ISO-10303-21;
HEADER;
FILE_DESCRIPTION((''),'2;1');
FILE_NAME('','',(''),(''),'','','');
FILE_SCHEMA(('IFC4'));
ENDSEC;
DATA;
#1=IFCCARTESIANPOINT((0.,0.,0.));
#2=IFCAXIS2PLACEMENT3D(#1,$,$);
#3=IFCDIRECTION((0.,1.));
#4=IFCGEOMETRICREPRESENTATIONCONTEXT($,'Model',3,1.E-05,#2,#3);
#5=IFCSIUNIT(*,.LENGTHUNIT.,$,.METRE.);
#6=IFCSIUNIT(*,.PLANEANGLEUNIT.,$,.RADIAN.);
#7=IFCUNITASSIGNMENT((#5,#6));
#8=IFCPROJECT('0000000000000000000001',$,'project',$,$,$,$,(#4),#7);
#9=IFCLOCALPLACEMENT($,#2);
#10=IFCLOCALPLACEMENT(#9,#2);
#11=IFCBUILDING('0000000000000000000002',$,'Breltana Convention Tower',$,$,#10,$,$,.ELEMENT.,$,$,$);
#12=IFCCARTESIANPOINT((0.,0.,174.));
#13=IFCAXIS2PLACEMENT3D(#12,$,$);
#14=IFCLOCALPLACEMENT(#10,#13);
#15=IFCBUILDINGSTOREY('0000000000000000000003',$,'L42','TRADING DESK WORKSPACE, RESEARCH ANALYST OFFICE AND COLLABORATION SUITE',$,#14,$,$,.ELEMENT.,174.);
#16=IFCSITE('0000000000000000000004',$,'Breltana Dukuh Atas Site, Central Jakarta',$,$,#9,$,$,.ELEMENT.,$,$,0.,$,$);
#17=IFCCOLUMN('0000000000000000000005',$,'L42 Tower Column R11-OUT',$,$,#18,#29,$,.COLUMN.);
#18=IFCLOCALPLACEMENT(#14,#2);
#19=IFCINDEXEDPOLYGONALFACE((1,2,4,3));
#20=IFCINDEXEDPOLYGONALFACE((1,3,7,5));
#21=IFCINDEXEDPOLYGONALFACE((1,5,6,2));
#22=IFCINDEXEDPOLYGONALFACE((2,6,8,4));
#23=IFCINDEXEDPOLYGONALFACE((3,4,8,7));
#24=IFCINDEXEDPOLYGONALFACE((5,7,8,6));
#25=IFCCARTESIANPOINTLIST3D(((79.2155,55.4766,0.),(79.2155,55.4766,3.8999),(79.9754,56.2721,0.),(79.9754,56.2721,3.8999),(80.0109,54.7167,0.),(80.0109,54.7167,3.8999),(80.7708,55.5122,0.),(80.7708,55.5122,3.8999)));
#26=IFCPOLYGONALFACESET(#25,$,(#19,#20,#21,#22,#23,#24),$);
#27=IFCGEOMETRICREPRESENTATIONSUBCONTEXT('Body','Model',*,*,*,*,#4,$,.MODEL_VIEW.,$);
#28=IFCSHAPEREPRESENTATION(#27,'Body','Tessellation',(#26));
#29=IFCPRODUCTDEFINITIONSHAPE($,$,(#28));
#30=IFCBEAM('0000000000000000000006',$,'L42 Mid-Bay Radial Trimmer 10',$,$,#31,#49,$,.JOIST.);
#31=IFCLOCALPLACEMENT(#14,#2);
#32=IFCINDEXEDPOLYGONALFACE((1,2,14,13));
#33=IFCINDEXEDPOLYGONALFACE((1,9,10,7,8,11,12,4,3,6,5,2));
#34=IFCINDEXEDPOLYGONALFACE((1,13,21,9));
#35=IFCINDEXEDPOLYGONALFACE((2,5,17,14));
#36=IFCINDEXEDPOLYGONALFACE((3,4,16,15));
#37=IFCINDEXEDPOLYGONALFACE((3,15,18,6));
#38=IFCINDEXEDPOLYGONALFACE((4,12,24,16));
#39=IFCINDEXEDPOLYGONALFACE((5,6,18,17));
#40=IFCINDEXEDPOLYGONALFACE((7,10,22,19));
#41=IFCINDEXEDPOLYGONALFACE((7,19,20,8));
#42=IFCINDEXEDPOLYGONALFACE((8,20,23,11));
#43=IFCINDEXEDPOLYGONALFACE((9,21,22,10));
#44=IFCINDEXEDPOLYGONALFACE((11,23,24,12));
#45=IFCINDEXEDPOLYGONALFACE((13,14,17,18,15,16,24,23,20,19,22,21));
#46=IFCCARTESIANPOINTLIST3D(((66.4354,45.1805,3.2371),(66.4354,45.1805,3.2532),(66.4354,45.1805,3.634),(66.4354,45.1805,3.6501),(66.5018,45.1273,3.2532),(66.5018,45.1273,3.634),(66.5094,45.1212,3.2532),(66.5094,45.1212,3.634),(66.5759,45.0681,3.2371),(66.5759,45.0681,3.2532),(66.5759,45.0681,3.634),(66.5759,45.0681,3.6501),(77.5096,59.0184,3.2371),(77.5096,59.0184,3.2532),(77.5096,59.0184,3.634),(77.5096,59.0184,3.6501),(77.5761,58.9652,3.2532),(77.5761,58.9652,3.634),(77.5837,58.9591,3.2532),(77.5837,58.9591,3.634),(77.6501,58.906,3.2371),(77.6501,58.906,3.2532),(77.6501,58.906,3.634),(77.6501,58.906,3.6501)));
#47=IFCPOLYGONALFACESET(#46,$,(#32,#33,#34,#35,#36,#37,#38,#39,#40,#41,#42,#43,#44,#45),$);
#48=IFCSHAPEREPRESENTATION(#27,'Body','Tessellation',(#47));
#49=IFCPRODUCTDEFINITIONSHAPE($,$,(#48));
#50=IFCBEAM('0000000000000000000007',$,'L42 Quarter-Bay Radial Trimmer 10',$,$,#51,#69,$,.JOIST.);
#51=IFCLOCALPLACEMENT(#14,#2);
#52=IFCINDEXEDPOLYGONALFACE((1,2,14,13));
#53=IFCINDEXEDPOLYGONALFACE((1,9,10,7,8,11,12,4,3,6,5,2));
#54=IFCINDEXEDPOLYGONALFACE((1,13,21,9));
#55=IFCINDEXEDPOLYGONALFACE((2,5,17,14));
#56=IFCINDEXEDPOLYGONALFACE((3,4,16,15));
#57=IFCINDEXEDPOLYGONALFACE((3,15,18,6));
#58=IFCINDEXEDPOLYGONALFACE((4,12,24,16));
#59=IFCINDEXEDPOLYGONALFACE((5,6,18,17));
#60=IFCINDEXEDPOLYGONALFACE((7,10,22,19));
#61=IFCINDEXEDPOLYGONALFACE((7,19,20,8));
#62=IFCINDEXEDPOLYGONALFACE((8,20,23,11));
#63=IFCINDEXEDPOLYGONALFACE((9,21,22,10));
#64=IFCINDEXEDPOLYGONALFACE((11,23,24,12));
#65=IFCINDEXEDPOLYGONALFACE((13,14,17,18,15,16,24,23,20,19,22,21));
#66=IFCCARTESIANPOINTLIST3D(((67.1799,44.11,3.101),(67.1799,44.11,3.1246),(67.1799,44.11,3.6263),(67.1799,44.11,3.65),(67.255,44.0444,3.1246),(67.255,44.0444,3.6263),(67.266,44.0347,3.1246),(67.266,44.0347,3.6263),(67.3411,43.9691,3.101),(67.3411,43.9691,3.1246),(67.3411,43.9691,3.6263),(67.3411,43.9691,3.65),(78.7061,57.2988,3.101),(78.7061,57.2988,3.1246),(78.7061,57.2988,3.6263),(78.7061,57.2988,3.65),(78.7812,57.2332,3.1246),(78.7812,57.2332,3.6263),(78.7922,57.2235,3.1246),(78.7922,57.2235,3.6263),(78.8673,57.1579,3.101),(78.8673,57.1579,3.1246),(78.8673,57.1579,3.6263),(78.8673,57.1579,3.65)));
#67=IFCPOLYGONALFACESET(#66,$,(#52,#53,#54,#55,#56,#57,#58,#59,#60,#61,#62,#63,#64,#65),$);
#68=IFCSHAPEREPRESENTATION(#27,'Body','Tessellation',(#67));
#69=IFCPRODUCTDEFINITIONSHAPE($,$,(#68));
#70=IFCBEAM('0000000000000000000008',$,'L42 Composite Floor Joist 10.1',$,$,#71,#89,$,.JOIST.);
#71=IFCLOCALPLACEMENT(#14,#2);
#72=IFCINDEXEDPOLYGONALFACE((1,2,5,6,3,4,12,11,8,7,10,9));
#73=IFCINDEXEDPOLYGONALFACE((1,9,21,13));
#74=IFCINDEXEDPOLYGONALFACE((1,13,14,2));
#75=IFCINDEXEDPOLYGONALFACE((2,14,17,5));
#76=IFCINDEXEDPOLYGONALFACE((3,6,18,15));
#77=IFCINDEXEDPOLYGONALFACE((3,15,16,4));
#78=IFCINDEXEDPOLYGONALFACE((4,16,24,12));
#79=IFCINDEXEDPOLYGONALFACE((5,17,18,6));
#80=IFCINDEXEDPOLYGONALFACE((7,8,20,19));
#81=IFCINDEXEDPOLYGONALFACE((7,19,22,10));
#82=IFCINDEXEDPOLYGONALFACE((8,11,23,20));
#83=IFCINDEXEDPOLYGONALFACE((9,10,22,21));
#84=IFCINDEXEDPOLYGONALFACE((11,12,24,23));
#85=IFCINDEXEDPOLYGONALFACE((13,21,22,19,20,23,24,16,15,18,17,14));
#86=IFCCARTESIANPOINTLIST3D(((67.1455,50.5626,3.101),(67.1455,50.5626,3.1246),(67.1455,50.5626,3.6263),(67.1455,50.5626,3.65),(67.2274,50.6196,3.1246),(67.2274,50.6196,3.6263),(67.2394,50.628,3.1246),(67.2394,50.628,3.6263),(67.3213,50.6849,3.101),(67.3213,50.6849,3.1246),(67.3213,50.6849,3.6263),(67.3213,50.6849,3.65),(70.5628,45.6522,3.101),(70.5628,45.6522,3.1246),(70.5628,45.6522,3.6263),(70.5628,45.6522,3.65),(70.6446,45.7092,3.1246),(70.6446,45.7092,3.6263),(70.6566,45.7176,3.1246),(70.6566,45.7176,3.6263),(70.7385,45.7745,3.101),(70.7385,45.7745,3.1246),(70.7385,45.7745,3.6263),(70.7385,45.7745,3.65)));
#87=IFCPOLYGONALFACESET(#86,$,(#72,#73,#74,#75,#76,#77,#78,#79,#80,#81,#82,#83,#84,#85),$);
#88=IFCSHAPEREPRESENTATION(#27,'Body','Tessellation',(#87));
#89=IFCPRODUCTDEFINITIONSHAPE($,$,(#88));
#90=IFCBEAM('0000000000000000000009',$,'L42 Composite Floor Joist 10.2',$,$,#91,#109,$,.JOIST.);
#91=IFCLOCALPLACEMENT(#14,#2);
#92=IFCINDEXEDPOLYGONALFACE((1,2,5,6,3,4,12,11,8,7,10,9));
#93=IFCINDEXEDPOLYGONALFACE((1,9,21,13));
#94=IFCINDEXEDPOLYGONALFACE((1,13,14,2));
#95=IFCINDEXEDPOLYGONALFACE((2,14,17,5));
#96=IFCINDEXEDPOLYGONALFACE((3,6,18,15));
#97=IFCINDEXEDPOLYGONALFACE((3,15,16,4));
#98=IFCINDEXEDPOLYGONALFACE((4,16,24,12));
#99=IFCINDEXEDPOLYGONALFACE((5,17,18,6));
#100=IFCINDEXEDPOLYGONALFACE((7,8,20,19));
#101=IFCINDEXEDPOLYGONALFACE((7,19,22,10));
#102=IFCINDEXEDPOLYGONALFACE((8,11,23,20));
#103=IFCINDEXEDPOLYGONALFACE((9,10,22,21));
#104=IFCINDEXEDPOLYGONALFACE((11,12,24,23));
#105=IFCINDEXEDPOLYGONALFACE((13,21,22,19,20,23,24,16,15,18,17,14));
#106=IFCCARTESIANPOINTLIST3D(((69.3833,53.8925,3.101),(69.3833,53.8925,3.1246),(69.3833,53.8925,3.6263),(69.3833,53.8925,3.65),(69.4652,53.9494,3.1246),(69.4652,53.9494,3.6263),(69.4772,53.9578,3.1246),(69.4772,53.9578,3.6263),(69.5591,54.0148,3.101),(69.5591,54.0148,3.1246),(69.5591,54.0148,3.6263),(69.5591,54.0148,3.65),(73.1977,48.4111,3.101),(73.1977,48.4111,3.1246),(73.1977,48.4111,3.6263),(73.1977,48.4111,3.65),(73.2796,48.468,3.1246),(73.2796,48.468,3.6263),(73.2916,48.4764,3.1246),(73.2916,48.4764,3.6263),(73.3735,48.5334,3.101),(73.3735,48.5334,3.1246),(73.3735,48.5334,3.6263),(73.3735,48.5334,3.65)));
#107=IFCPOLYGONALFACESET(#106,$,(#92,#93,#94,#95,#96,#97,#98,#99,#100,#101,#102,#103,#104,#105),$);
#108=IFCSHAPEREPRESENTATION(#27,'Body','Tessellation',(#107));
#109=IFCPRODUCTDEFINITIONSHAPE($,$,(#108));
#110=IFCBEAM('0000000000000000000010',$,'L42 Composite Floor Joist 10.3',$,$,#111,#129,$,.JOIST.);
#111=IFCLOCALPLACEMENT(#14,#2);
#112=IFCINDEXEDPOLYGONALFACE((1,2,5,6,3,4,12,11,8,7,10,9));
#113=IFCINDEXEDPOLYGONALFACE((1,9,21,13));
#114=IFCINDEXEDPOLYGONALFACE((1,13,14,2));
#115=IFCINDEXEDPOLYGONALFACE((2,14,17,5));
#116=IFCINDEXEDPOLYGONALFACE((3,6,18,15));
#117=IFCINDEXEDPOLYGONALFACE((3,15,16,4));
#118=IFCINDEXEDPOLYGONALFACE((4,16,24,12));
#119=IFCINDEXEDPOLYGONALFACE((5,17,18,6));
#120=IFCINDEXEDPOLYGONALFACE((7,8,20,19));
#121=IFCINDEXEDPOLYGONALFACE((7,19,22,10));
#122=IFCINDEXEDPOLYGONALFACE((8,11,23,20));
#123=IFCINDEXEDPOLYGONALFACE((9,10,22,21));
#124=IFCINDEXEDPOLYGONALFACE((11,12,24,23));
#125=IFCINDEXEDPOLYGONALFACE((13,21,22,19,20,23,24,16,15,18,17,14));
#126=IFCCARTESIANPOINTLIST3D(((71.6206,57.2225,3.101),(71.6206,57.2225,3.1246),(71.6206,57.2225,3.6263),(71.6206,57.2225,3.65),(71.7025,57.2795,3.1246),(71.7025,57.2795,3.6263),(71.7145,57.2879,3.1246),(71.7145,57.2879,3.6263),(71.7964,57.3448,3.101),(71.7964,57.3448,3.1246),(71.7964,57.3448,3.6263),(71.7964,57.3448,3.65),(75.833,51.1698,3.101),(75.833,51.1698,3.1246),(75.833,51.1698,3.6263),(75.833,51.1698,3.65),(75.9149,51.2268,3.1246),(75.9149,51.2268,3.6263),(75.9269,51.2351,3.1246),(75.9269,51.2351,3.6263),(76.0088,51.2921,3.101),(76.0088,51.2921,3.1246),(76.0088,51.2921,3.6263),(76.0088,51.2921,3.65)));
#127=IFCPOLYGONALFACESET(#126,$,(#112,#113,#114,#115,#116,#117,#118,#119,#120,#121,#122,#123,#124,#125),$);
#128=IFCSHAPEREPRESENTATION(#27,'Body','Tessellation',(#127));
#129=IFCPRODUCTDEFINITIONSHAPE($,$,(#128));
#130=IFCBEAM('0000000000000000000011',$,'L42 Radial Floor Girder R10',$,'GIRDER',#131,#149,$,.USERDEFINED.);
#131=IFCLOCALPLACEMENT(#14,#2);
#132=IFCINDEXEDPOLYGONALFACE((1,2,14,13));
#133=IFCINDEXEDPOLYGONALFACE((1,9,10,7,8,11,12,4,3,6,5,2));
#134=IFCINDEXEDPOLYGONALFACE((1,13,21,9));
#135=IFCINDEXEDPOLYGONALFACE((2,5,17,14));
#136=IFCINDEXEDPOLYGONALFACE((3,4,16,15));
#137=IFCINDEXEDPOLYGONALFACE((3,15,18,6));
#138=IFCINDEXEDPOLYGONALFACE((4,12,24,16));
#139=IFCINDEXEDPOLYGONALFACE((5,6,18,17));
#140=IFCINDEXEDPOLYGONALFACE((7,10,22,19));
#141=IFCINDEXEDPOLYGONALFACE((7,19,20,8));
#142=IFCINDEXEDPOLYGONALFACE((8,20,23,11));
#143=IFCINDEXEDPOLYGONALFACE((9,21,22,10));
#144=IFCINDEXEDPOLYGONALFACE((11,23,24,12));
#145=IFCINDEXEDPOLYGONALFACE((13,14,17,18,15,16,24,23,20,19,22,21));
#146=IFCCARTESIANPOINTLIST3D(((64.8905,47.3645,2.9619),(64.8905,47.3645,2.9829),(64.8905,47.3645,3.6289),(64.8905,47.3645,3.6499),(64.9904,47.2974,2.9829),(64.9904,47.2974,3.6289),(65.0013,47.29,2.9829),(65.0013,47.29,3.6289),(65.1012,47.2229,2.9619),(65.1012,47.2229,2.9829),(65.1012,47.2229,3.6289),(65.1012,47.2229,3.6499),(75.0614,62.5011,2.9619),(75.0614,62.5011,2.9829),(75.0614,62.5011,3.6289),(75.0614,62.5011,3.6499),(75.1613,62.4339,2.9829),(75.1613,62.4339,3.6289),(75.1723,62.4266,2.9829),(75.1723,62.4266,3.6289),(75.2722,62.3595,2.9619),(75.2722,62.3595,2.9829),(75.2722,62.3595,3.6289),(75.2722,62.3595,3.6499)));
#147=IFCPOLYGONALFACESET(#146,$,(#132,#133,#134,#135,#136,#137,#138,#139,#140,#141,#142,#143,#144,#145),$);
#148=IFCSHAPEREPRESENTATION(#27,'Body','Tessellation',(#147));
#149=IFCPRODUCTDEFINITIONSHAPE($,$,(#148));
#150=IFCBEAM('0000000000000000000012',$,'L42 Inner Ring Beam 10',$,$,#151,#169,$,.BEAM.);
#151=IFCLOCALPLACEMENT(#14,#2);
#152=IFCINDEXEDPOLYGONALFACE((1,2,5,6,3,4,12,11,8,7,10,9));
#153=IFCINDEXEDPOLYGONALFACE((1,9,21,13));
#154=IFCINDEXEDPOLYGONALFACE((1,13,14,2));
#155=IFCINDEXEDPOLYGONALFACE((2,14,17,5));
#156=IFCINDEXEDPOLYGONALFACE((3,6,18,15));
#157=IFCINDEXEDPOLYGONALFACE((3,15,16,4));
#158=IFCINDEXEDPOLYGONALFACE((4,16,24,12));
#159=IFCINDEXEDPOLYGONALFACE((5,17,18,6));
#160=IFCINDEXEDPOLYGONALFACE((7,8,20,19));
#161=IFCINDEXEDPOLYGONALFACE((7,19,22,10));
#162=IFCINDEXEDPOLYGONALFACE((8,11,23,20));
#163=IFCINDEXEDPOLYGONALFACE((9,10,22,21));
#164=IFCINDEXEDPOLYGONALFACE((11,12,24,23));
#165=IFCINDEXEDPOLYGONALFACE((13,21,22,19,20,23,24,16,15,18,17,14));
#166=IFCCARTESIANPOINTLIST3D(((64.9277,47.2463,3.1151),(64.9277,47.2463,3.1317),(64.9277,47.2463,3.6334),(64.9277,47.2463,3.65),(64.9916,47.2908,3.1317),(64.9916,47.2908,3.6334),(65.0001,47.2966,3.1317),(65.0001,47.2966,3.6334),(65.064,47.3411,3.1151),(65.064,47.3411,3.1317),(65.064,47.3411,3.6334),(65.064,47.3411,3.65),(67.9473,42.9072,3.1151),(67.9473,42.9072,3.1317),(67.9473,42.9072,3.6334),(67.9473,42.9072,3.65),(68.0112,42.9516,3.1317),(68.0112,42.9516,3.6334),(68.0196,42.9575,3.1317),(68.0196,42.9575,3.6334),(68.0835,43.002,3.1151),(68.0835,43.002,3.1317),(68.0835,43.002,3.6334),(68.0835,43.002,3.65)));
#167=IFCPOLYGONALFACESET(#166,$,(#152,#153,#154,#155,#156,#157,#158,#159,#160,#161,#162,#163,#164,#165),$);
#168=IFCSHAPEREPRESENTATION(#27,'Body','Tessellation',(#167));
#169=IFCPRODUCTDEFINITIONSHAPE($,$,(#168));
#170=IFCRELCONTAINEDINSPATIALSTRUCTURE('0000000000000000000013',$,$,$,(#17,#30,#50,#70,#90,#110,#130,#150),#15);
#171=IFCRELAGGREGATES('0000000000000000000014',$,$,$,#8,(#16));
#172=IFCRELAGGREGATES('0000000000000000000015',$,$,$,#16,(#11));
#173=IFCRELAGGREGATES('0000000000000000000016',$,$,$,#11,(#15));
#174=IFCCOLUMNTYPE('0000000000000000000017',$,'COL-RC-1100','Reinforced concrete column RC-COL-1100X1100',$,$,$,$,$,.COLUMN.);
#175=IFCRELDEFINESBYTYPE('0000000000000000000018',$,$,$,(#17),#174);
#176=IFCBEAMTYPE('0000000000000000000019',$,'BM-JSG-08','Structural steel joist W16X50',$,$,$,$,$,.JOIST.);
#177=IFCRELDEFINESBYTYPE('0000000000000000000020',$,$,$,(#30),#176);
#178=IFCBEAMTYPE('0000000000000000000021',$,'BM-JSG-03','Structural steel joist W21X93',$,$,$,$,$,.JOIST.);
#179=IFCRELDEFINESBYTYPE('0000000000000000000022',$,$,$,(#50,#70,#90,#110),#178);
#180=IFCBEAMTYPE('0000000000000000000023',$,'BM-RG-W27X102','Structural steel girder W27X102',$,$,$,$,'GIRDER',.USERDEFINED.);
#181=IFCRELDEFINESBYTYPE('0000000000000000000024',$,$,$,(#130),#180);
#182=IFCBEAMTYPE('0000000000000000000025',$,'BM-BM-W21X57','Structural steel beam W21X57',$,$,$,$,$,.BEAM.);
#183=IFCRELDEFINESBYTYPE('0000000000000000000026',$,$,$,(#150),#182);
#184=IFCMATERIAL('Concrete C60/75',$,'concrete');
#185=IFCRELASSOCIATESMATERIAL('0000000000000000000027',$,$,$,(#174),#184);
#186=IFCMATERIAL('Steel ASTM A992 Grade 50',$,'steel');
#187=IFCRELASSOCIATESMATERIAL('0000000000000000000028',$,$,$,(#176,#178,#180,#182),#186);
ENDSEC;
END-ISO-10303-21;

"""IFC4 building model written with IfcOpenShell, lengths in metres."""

from ifc_helpers import new_model, si_unit, direction, frame, origin, origin_2d, place, context, subcontext, project, spatial, rectangle, i_section, extrude, source, transform, mapped, material, material_profile, profile_set, type_object, element, save


model = new_model("IFC4")

# Units and contexts
model_context = context("Model", 3, precision=1e-05, world=origin(), true_north=direction((0.0, 1.0)))
body_context = subcontext(model_context, "Body", "Model", "MODEL_VIEW")
ifc_project = project(units=[si_unit("LENGTHUNIT", "METRE"), si_unit("PLANEANGLEUNIT", "RADIAN")], contexts=[model_context])

# Site, building, storey
site_placement = place(None, origin())
site = spatial("IfcSite", under=ifc_project, at=site_placement, Name="Breltana Dukuh Atas Site, Central Jakarta", CompositionType="ELEMENT", RefElevation=0.0)
building_placement = place(site_placement, origin())
building = spatial("IfcBuilding", under=site, at=building_placement, Name="Breltana Convention Tower", CompositionType="ELEMENT")
storey_placement = place(building_placement, frame((0.0, 0.0, 174.0)))
storey = spatial("IfcBuildingStorey", under=building, at=storey_placement, Name="L42", Description="TRADING DESK WORKSPACE, RESEARCH ANALYST OFFICE AND COLLABORATION SUITE", CompositionType="ELEMENT", Elevation=174.0)

# Column
ifc_material_1 = material(Name="Concrete C60/75", Category="concrete")
ifc_material_profile_1 = material_profile(ifc_material_1, rectangle(XDim=1.1001, YDim=1.1001, at=origin_2d()), Name="RC-COL-1100X1100")
ifc_profile_set_1 = profile_set([ifc_material_profile_1], Name="Concrete C60/75")
column_type_1 = type_object("IfcColumnType", Name="COL-RC-1100", Description="Reinforced concrete column RC-COL-1100X1100", PredefinedType="COLUMN", material=ifc_profile_set_1)
shared_shape_1 = source(origin(), body_context, "Body", "SweptSolid", [
    extrude(rectangle(XDim=1.1001, YDim=1.1001, at=origin_2d()), origin(), (0.0, 0.0, 1.0), 3.8999),
])
column_1_placement = place(storey_placement, frame((79.9932, 55.4944, 0.0), z_axis=(0.0, 0.0, 1.0), x_axis=(0.690756, 0.723088, 0.0)))
element("IfcColumn", 1, at=column_1_placement, inside=storey, type_object=column_type_1, Name="L42 Tower Column R11-OUT", PredefinedType="COLUMN", context=body_context, shape_type="MappedRepresentation", body=[
    mapped(shared_shape_1, transform((0.0, 0.0, 0.0), scale=1.0)),
])

# Beams
ifc_material_2 = material(Name="Steel ASTM A992 Grade 50", Category="steel")
ifc_material_profile_2 = material_profile(ifc_material_2, i_section(OverallWidth=0.1799, OverallDepth=0.4131, WebThickness=0.0098, FlangeThickness=0.0161, at=origin_2d()), Name="W16X50")
ifc_profile_set_2 = profile_set([ifc_material_profile_2], Name="Steel ASTM A992 Grade 50")
beam_type_1 = type_object("IfcBeamType", Name="BM-JSG-08", Description="Structural steel joist W16X50", PredefinedType="JOIST", material=ifc_profile_set_2)
shared_shape_2 = source(origin(), body_context, "Body", "SweptSolid", [
    extrude(i_section(OverallWidth=0.1799, OverallDepth=0.4131, WebThickness=0.0098, FlangeThickness=0.0161, at=origin_2d()), origin(), (0.0, 0.0, 1.0), 17.7236),
])
beam_1_placement = place(storey_placement, frame((66.5056, 45.1243, 3.4436), z_axis=(0.624829, 0.780761, 0.0), x_axis=(-0.780761, 0.624829, 0.0)))
element("IfcBeam", 2, at=beam_1_placement, inside=storey, type_object=beam_type_1, Name="L42 Mid-Bay Radial Trimmer 10", PredefinedType="JOIST", context=body_context, shape_type="MappedRepresentation", body=[
    mapped(shared_shape_2, transform((0.0, 0.0, 0.0), scale=1.0)),
])
ifc_material_profile_3 = material_profile(ifc_material_2, i_section(OverallWidth=0.2141, OverallDepth=0.5491, WebThickness=0.0146, FlangeThickness=0.0237, at=origin_2d()), Name="W21X93")
ifc_profile_set_3 = profile_set([ifc_material_profile_3], Name="Steel ASTM A992 Grade 50")
beam_type_2 = type_object("IfcBeamType", Name="BM-JSG-03", Description="Structural steel joist W21X93", PredefinedType="JOIST", material=ifc_profile_set_3)
shared_shape_3 = source(origin(), body_context, "Body", "SweptSolid", [
    extrude(i_section(OverallWidth=0.2141, OverallDepth=0.5491, WebThickness=0.0146, FlangeThickness=0.0237, at=origin_2d()), origin(), (0.0, 0.0, 1.0), 17.5156),
])
beam_2_placement = place(storey_placement, frame((67.2605, 44.0396, 3.3755), z_axis=(0.658052, 0.752973, 0.0), x_axis=(-0.752973, 0.658052, 0.0)))
element("IfcBeam", 3, at=beam_2_placement, inside=storey, type_object=beam_type_2, Name="L42 Quarter-Bay Radial Trimmer 10", PredefinedType="JOIST", context=body_context, shape_type="MappedRepresentation", body=[
    mapped(shared_shape_3, transform((0.0, 0.0, 0.0), scale=1.0)),
])
shared_shape_4 = source(origin(), body_context, "Body", "SweptSolid", [
    extrude(i_section(OverallWidth=0.2141, OverallDepth=0.5491, WebThickness=0.0146, FlangeThickness=0.0237, at=origin_2d()), origin(), (0.0, 0.0, 1.0), 5.9824),
])
beam_3_placement = place(storey_placement, frame((67.2334, 50.6238, 3.3755), z_axis=(0.571212, -0.820803, 0.0), x_axis=(0.820803, 0.571212, 0.0)))
element("IfcBeam", 4, at=beam_3_placement, inside=storey, type_object=beam_type_2, Name="L42 Composite Floor Joist 10.1", PredefinedType="JOIST", context=body_context, shape_type="MappedRepresentation", body=[
    mapped(shared_shape_4, transform((0.0, 0.0, 0.0), scale=1.0)),
])
shared_shape_5 = source(origin(), body_context, "Body", "SweptSolid", [
    extrude(i_section(OverallWidth=0.2141, OverallDepth=0.5491, WebThickness=0.0146, FlangeThickness=0.0237, at=origin_2d()), origin(), (0.0, 0.0, 1.0), 6.678),
])
beam_4_placement = place(storey_placement, frame((69.4712, 53.9536, 3.3755), z_axis=(0.571193, -0.820816, 0.0), x_axis=(0.820816, 0.571193, 0.0)))
element("IfcBeam", 5, at=beam_4_placement, inside=storey, type_object=beam_type_2, Name="L42 Composite Floor Joist 10.2", PredefinedType="JOIST", context=body_context, shape_type="MappedRepresentation", body=[
    mapped(shared_shape_5, transform((0.0, 0.0, 0.0), scale=1.0)),
])
shared_shape_6 = source(origin(), body_context, "Body", "SweptSolid", [
    extrude(i_section(OverallWidth=0.2141, OverallDepth=0.5491, WebThickness=0.0146, FlangeThickness=0.0237, at=origin_2d()), origin(), (0.0, 0.0, 1.0), 7.3743),
])
beam_5_placement = place(storey_placement, frame((71.7085, 57.2837, 3.3755), z_axis=(0.571229, -0.82079, 0.0), x_axis=(0.82079, 0.571229, 0.0)))
element("IfcBeam", 6, at=beam_5_placement, inside=storey, type_object=beam_type_2, Name="L42 Composite Floor Joist 10.3", PredefinedType="JOIST", context=body_context, shape_type="MappedRepresentation", body=[
    mapped(shared_shape_6, transform((0.0, 0.0, 0.0), scale=1.0)),
])
ifc_material_profile_4 = material_profile(ifc_material_2, i_section(OverallWidth=0.2539, OverallDepth=0.688, WebThickness=0.0132, FlangeThickness=0.021, at=origin_2d()), Name="W27X102")
ifc_profile_set_4 = profile_set([ifc_material_profile_4], Name="Steel ASTM A992 Grade 50")
beam_type_3 = type_object("IfcBeamType", Name="BM-RG-W27X102", Description="Structural steel girder W27X102", ElementType="GIRDER", PredefinedType="USERDEFINED", material=ifc_profile_set_4)
shared_shape_7 = source(origin(), body_context, "Body", "SweptSolid", [
    extrude(i_section(OverallWidth=0.2539, OverallDepth=0.688, WebThickness=0.0132, FlangeThickness=0.021, at=origin_2d()), origin(), (0.0, 0.0, 1.0), 18.2363),
])
beam_6_placement = place(storey_placement, frame((64.9958, 47.2937, 3.3059), z_axis=(0.55773, 0.830022, 0.0), x_axis=(-0.830022, 0.55773, 0.0)))
element("IfcBeam", 7, at=beam_6_placement, inside=storey, type_object=beam_type_3, Name="L42 Radial Floor Girder R10", ObjectType="GIRDER", PredefinedType="USERDEFINED", context=body_context, shape_type="MappedRepresentation", body=[
    mapped(shared_shape_7, transform((0.0, 0.0, 0.0), scale=1.0)),
])
ifc_material_profile_5 = material_profile(ifc_material_2, i_section(OverallWidth=0.166, OverallDepth=0.5349, WebThickness=0.0103, FlangeThickness=0.0166, at=origin_2d()), Name="W21X57")
ifc_profile_set_5 = profile_set([ifc_material_profile_5], Name="Steel ASTM A992 Grade 50")
beam_type_4 = type_object("IfcBeamType", Name="BM-BM-W21X57", Description="Structural steel beam W21X57", PredefinedType="BEAM", material=ifc_profile_set_5)
shared_shape_8 = source(origin(), body_context, "Body", "SweptSolid", [
    extrude(i_section(OverallWidth=0.166, OverallDepth=0.5349, WebThickness=0.0103, FlangeThickness=0.0166, at=origin_2d()), origin(), (0.0, 0.0, 1.0), 5.2864),
])
beam_7_placement = place(storey_placement, frame((64.9958, 47.2937, 3.3826), z_axis=(0.571194, -0.820815, 0.0), x_axis=(0.820815, 0.571194, 0.0)))
element("IfcBeam", 8, at=beam_7_placement, inside=storey, type_object=beam_type_4, Name="L42 Inner Ring Beam 10", PredefinedType="BEAM", context=body_context, shape_type="MappedRepresentation", body=[
    mapped(shared_shape_8, transform((0.0, 0.0, 0.0), scale=1.0)),
])

save(model, "model.ifc")
